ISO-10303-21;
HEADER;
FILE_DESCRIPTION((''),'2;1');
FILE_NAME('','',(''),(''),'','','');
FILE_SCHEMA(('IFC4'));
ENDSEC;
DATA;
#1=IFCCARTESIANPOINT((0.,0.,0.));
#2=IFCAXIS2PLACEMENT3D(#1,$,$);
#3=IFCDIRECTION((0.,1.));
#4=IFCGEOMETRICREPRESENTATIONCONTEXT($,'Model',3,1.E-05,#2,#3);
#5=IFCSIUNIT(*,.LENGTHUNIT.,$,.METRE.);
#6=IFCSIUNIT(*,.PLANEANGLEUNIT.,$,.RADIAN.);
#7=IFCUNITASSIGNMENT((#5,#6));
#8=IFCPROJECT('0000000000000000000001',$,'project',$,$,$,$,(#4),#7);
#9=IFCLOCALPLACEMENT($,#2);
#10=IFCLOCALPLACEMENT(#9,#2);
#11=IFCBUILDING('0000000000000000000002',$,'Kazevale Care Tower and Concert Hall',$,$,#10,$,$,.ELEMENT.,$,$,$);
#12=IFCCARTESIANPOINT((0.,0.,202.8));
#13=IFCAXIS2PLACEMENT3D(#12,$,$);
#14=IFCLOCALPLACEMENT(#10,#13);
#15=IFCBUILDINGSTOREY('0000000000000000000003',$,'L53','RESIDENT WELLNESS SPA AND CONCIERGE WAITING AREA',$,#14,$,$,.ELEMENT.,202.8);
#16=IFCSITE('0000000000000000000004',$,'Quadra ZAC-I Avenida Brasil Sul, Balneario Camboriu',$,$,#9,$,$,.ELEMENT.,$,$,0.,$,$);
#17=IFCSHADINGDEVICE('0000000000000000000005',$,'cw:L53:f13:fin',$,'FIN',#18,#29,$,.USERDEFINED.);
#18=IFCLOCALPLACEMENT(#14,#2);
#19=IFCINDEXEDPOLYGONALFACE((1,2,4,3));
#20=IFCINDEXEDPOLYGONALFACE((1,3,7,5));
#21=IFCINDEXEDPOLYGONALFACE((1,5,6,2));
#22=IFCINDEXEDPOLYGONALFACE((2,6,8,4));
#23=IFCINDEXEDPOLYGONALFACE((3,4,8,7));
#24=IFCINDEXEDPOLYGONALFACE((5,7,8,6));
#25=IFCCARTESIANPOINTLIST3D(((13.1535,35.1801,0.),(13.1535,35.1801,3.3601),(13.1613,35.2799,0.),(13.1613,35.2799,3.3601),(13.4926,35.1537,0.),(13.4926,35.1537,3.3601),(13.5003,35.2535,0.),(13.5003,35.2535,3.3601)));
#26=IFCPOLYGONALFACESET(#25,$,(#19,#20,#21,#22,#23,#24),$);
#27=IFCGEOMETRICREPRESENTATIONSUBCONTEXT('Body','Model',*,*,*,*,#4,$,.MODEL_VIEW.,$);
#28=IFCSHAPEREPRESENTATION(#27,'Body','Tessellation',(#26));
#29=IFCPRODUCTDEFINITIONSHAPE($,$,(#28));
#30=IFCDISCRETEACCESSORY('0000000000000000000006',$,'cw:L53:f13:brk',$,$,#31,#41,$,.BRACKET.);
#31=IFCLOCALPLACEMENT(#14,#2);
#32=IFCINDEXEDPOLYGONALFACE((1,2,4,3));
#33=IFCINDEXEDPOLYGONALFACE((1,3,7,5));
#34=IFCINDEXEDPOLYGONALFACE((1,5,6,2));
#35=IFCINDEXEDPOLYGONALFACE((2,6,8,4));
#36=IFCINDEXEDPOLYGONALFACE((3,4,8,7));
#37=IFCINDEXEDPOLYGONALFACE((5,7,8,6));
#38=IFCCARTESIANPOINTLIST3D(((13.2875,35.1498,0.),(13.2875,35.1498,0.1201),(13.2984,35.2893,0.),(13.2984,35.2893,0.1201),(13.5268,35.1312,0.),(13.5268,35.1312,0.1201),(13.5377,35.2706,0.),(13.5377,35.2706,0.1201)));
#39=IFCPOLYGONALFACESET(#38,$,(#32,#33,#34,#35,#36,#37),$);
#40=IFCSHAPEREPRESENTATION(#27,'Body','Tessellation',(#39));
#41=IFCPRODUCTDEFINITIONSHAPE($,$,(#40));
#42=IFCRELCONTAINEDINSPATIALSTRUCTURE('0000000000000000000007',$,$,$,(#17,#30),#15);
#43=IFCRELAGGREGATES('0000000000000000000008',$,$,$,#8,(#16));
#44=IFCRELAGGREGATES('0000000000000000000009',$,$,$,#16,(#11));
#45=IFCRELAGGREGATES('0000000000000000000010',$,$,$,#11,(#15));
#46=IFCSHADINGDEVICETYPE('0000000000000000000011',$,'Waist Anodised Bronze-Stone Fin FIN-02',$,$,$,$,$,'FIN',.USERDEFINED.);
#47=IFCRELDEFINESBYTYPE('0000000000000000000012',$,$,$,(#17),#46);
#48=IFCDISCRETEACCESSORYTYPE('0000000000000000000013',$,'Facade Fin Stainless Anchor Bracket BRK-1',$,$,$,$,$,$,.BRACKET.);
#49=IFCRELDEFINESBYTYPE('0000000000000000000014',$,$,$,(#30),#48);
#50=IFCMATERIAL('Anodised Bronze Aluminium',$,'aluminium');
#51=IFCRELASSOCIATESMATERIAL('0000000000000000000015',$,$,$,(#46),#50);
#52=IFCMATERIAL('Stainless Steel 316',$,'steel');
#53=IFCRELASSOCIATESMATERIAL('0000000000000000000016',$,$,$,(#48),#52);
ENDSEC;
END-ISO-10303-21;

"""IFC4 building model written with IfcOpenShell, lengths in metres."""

from ifc_helpers import new_model, si_unit, direction, frame, origin, origin_2d, place, context, subcontext, project, spatial, rectangle, extrude, material, type_object, element, save


model = new_model("IFC4")

# Units and contexts
model_context = context("Model", 3, precision=1e-05, world=origin(), true_north=direction((0.0, 1.0)))
body_context = subcontext(model_context, "Body", "Model", "MODEL_VIEW")
ifc_project = project(units=[si_unit("LENGTHUNIT", "METRE"), si_unit("PLANEANGLEUNIT", "RADIAN")], contexts=[model_context])

# Site, building, storey
site_placement = place(None, origin())
site = spatial("IfcSite", under=ifc_project, at=site_placement, Name="Quadra ZAC-I Avenida Brasil Sul, Balneario Camboriu", CompositionType="ELEMENT", RefElevation=0.0)
building_placement = place(site_placement, origin())
building = spatial("IfcBuilding", under=site, at=building_placement, Name="Kazevale Care Tower and Concert Hall", CompositionType="ELEMENT")
storey_placement = place(building_placement, frame((0.0, 0.0, 202.8)))
storey = spatial("IfcBuildingStorey", under=building, at=storey_placement, Name="L53", Description="RESIDENT WELLNESS SPA AND CONCIERGE WAITING AREA", CompositionType="ELEMENT", Elevation=202.8)

# Shading device
ifc_material_1 = material(Name="Anodised Bronze Aluminium", Category="aluminium")
shading_device_type = type_object("IfcShadingDeviceType", Name="Waist Anodised Bronze-Stone Fin FIN-02", ElementType="FIN", PredefinedType="USERDEFINED", material=ifc_material_1)
shading_device_placement = place(storey_placement, frame((13.3269, 35.2168, 0.0), z_axis=(0.0, 0.0, 1.0), x_axis=(-0.996985, 0.077589, 0.0)))
element("IfcShadingDevice", 1, at=shading_device_placement, inside=storey, type_object=shading_device_type, Name="cw:L53:f13:fin", ObjectType="FIN", PredefinedType="USERDEFINED", context=body_context, shape_type="SweptSolid", body=[
    extrude(rectangle(XDim=0.3401, YDim=0.1001, at=origin_2d()), origin(), (0.0, 0.0, 1.0), 3.3601),
])

# Discrete accessory
ifc_material_2 = material(Name="Stainless Steel 316", Category="steel")
discrete_accessory_type = type_object("IfcDiscreteAccessoryType", Name="Facade Fin Stainless Anchor Bracket BRK-1", PredefinedType="BRACKET", material=ifc_material_2)
discrete_accessory_placement = place(storey_placement, frame((13.4126, 35.2102, 0.0), z_axis=(0.0, 0.0, 1.0), x_axis=(-0.996985, 0.077589, 0.0)))
element("IfcDiscreteAccessory", 2, at=discrete_accessory_placement, inside=storey, type_object=discrete_accessory_type, Name="cw:L53:f13:brk", PredefinedType="BRACKET", context=body_context, shape_type="SweptSolid", body=[
    extrude(rectangle(XDim=0.24, YDim=0.1399, at=origin_2d()), origin(), (0.0, 0.0, 1.0), 0.1201),
])

save(model, "model.ifc")
